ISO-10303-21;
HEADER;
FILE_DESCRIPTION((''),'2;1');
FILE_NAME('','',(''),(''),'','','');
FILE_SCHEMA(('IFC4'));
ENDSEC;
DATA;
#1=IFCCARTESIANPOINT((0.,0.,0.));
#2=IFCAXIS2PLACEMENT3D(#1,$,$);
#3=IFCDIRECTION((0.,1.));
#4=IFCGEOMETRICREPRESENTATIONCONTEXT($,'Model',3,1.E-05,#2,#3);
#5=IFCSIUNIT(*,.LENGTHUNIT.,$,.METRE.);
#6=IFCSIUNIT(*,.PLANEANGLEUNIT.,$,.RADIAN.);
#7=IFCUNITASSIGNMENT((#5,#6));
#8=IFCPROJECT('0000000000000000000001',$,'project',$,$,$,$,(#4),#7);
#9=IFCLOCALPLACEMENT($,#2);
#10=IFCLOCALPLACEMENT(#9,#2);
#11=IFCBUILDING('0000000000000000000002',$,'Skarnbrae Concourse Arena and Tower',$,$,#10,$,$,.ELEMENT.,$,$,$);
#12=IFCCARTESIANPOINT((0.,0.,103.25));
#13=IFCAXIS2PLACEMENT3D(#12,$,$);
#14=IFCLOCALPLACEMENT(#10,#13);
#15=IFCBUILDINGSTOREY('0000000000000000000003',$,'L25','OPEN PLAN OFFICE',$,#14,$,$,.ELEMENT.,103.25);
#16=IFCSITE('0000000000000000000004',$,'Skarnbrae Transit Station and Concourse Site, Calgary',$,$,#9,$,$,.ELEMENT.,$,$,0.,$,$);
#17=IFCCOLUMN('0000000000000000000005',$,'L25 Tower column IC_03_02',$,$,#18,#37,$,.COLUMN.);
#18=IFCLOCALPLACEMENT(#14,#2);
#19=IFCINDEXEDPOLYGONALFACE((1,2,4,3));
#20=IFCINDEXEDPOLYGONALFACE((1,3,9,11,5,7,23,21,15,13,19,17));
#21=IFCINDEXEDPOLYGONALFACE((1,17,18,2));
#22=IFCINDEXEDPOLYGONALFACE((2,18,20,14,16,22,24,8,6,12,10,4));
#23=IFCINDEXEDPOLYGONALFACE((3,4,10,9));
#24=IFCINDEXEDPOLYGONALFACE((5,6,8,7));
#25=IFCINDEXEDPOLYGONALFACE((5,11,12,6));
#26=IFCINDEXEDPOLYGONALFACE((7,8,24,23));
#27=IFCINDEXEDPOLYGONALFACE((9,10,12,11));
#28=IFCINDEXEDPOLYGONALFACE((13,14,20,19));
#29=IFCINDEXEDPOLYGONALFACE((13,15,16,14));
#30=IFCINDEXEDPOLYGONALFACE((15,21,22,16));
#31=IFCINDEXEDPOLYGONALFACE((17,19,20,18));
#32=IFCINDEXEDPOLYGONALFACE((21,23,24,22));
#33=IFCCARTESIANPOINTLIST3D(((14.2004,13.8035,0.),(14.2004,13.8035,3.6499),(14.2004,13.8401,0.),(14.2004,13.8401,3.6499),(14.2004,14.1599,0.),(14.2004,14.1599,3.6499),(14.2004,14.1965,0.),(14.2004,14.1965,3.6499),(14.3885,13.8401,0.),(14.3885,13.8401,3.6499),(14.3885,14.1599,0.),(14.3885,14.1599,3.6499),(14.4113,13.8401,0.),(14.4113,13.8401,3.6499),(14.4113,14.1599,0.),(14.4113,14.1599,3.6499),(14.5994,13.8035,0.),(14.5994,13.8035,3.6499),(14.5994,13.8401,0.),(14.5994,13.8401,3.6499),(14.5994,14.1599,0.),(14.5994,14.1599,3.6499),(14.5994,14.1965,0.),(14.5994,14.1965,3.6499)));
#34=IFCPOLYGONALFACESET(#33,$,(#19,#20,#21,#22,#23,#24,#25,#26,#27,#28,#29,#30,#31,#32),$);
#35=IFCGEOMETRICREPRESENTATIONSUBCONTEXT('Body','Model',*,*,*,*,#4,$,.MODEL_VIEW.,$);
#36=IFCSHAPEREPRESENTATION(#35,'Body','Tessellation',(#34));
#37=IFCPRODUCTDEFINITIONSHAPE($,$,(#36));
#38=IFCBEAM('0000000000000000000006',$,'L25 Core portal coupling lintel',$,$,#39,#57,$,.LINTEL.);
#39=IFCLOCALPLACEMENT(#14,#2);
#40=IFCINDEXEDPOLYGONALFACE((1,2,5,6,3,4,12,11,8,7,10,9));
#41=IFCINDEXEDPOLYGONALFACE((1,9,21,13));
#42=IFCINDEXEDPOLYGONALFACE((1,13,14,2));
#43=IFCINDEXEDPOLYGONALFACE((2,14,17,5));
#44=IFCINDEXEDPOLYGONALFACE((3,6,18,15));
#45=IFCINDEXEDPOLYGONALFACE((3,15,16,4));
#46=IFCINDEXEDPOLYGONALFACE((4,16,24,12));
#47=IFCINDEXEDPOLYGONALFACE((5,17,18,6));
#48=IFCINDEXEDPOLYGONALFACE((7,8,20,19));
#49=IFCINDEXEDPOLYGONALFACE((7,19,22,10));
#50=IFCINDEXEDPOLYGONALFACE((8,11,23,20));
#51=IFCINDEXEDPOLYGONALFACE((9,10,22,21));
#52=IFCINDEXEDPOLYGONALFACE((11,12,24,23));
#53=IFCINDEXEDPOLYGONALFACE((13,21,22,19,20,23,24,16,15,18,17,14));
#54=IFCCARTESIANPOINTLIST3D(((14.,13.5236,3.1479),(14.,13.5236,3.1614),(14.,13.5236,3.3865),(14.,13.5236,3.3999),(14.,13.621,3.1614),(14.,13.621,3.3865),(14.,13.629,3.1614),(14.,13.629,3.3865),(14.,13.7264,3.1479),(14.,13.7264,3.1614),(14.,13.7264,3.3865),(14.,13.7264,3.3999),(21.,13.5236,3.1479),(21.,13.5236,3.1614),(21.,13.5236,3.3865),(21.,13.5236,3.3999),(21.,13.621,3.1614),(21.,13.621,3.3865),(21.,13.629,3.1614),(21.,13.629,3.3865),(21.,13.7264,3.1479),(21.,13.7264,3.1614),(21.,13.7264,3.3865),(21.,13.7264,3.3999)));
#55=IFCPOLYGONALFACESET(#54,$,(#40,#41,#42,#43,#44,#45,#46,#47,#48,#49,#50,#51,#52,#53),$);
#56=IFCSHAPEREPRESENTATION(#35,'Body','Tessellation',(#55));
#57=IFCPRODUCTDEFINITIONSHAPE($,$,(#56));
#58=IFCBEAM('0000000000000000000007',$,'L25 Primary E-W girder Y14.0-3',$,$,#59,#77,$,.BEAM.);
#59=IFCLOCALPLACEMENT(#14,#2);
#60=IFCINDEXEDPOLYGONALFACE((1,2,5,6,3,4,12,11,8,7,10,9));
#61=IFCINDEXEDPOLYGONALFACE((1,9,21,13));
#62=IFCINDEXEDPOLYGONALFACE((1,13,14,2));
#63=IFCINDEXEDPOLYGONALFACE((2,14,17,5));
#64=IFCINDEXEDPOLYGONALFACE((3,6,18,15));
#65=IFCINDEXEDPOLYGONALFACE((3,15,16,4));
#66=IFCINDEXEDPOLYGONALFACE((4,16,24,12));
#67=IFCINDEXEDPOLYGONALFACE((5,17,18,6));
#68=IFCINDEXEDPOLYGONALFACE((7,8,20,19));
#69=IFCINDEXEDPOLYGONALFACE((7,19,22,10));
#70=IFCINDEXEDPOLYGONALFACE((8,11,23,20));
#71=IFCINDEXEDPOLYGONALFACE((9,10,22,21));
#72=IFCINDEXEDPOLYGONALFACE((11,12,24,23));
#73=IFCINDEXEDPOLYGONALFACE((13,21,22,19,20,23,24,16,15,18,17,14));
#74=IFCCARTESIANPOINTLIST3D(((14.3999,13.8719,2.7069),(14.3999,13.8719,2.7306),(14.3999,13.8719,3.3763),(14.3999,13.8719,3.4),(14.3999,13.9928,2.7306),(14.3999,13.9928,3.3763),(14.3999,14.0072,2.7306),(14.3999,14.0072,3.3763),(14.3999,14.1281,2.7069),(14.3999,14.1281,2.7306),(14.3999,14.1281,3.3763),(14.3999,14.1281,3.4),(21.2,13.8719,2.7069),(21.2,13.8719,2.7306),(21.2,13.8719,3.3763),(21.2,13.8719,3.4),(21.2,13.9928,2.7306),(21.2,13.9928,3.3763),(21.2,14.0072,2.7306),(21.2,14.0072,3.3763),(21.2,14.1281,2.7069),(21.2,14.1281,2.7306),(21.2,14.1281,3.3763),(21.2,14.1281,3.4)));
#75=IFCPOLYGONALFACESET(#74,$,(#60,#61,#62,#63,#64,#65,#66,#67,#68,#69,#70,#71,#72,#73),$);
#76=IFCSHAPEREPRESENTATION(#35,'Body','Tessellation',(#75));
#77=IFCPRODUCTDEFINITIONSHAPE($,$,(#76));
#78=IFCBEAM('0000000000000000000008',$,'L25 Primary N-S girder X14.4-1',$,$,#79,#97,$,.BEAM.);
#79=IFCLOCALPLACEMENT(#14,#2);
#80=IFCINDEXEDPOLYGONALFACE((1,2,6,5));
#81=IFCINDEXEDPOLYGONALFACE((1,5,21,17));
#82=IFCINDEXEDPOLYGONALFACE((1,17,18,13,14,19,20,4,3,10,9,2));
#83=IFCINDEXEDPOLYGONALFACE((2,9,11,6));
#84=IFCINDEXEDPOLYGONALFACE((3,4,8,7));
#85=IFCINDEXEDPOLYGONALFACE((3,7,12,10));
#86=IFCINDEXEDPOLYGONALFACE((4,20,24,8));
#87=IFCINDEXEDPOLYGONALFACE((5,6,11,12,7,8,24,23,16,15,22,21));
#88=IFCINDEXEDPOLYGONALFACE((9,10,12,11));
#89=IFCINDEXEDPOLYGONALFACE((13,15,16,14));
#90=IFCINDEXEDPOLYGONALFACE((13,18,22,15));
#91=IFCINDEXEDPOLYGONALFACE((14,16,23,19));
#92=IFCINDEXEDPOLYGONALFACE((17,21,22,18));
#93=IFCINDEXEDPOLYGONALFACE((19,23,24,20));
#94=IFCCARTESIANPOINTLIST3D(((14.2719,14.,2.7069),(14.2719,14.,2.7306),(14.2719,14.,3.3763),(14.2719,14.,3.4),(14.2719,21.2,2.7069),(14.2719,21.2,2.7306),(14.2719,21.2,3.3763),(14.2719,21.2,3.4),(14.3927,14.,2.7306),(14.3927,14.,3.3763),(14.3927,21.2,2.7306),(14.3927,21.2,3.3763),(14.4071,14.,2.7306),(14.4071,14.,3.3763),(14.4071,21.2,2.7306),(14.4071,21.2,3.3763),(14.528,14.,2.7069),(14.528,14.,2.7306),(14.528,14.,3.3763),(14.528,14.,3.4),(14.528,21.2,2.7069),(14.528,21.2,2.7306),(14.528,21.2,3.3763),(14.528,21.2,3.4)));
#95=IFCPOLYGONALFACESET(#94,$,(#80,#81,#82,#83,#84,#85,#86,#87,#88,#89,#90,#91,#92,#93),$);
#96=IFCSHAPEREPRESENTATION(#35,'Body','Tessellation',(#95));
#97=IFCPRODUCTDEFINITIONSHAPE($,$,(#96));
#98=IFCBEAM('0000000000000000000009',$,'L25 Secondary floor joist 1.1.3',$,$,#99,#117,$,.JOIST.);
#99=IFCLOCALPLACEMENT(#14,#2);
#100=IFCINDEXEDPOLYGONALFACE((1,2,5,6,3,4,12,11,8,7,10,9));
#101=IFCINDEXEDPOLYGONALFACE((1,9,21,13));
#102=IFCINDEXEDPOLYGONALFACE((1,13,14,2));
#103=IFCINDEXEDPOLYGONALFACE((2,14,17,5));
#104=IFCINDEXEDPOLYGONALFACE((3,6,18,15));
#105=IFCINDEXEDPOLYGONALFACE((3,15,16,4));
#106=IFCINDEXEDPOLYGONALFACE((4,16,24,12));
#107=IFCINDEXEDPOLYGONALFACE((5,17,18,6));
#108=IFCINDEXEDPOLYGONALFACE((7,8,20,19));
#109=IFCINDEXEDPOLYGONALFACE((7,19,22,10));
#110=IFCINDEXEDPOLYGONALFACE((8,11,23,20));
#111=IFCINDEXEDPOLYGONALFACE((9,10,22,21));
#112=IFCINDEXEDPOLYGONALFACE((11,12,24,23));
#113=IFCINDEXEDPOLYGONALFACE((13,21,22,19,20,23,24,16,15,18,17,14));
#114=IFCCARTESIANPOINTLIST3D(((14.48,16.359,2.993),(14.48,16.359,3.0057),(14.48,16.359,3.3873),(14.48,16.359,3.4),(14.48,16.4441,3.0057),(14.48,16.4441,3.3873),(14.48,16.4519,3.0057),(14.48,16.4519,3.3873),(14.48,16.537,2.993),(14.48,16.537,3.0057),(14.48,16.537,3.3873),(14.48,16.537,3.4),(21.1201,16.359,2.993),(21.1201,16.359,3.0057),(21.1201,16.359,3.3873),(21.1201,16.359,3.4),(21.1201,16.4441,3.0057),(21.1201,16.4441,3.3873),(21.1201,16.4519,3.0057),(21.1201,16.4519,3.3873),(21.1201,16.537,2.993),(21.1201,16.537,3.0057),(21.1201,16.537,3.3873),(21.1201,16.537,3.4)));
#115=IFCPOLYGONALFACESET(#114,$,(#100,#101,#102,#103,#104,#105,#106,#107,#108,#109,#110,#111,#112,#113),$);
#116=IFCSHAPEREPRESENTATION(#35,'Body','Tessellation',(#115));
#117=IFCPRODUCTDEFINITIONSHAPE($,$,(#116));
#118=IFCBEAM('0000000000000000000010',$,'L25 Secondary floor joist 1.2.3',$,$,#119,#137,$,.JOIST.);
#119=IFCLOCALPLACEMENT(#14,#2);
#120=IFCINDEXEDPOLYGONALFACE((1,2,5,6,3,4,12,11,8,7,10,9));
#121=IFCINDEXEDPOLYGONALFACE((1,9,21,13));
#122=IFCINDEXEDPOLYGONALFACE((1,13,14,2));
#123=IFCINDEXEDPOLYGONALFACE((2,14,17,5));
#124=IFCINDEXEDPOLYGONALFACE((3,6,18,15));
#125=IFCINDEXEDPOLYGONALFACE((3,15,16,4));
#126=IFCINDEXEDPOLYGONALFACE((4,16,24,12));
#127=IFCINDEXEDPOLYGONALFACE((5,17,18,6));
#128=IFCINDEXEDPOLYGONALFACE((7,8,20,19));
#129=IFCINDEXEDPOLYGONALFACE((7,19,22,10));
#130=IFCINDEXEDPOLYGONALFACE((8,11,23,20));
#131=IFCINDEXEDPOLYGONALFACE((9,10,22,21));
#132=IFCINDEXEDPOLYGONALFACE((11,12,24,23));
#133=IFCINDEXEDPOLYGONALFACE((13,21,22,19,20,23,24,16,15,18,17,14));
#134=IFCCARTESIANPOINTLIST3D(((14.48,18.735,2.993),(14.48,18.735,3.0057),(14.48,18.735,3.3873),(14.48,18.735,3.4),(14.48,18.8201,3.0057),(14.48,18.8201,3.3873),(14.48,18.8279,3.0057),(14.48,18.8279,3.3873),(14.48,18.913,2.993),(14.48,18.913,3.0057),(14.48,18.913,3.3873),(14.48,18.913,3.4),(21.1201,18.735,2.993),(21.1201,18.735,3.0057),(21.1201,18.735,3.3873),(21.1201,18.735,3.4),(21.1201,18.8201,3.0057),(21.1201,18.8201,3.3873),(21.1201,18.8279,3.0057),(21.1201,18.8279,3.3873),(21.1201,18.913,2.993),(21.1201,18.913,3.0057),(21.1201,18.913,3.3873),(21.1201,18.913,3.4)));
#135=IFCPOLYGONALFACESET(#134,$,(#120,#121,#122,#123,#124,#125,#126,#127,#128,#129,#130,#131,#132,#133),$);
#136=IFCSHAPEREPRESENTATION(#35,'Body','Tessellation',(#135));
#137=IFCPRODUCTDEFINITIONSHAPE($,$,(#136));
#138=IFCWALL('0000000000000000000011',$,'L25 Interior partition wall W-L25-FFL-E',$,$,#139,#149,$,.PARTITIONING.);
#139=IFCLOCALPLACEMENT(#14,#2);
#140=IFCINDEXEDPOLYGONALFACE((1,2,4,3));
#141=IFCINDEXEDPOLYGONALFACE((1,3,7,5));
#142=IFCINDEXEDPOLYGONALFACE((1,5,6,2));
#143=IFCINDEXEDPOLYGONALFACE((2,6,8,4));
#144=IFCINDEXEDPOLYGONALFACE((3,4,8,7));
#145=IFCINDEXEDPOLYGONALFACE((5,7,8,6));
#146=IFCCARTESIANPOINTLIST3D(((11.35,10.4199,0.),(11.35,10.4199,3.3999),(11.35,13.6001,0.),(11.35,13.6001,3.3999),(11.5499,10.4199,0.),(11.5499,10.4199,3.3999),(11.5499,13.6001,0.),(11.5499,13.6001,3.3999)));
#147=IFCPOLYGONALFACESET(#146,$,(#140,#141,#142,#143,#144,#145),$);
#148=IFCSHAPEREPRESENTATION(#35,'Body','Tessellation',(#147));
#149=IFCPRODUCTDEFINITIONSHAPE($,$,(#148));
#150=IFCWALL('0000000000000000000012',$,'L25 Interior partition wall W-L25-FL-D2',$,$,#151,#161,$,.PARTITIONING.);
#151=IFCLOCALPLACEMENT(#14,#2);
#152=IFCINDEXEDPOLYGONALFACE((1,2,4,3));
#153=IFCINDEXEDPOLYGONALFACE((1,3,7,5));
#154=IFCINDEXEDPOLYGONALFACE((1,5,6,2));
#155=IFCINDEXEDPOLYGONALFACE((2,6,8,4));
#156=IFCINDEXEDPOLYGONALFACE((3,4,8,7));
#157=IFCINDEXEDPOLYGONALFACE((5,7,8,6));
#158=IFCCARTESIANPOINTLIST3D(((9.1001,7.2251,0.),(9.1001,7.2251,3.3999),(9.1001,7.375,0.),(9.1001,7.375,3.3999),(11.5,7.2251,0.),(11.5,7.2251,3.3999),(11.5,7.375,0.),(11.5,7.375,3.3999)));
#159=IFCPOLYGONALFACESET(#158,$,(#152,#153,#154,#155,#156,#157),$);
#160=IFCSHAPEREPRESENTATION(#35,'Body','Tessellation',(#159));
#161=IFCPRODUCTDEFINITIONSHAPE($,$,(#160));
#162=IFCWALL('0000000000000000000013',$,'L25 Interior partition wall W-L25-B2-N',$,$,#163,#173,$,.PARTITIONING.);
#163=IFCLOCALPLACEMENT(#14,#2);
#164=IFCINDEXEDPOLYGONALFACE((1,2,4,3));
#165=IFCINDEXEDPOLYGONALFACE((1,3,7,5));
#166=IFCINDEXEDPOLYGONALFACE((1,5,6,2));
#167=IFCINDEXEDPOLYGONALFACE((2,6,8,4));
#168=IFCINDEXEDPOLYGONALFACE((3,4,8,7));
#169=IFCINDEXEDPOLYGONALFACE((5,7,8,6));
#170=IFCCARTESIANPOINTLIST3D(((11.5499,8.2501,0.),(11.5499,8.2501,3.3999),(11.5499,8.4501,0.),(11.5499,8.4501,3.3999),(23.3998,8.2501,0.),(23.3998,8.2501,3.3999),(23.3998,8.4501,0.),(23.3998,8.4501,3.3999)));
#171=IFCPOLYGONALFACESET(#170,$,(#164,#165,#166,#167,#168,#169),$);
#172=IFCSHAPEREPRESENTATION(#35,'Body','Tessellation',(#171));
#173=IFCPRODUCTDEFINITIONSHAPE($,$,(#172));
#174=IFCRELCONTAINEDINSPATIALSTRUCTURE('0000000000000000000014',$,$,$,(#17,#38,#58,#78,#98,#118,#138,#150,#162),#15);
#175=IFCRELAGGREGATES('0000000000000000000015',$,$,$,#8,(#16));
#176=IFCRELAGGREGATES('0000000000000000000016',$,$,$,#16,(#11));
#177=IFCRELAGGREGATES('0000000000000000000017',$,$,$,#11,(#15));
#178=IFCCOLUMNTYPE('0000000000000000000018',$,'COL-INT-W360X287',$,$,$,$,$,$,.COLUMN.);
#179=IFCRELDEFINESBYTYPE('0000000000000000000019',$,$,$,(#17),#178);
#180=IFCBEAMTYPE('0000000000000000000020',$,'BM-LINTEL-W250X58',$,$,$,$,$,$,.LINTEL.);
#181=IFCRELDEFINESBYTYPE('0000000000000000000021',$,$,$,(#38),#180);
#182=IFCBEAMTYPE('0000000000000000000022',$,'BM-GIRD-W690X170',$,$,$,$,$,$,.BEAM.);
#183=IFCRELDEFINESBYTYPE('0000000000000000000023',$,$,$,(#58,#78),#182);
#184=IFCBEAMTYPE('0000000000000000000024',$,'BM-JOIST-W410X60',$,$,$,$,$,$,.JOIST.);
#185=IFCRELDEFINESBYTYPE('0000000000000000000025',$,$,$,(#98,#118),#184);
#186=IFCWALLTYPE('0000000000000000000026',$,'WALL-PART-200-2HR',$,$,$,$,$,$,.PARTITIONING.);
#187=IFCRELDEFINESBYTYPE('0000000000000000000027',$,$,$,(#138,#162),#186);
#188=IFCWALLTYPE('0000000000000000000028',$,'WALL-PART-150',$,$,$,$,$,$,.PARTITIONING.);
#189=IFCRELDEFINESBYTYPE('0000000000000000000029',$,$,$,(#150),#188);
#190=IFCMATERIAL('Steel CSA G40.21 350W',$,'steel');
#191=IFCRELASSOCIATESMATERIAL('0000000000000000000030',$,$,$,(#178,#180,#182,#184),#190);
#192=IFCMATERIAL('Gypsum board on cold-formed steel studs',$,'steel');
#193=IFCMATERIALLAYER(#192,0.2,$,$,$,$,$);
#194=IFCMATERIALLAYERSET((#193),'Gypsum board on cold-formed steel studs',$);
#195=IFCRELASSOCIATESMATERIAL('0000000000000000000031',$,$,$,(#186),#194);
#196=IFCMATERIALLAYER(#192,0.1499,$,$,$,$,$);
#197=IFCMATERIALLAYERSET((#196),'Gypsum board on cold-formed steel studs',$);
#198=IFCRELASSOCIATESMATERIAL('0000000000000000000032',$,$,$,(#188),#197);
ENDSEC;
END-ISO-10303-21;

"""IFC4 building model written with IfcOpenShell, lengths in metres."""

from ifc_helpers import new_model, si_unit, direction, frame, frame_2d, origin, origin_2d, place, context, subcontext, project, spatial, rectangle, i_section, extrude, source, transform, mapped, material, layer, layer_set, material_profile, profile_set, type_object, element, save


model = new_model("IFC4")

# Units and contexts
model_context = context("Model", 3, precision=1e-05, world=origin(), true_north=direction((0.0, 1.0)))
body_context = subcontext(model_context, "Body", "Model", "MODEL_VIEW")
ifc_project = project(units=[si_unit("LENGTHUNIT", "METRE"), si_unit("PLANEANGLEUNIT", "RADIAN")], contexts=[model_context])

# Site, building, storey
site_placement = place(None, origin())
site = spatial("IfcSite", under=ifc_project, at=site_placement, Name="Skarnbrae Transit Station and Concourse Site, Calgary", CompositionType="ELEMENT", RefElevation=0.0)
building_placement = place(site_placement, origin())
building = spatial("IfcBuilding", under=site, at=building_placement, Name="Skarnbrae Concourse Arena and Tower", CompositionType="ELEMENT")
storey_placement = place(building_placement, frame((0.0, 0.0, 103.25)))
storey = spatial("IfcBuildingStorey", under=building, at=storey_placement, Name="L25", Description="OPEN PLAN OFFICE", CompositionType="ELEMENT", Elevation=103.25)

# Column
ifc_material_1 = material(Name="Steel CSA G40.21 350W", Category="steel")
ifc_material_profile_1 = material_profile(ifc_material_1, i_section(OverallWidth=0.3989, OverallDepth=0.3931, WebThickness=0.0227, FlangeThickness=0.0366, at=origin_2d()), Name="W360X287")
ifc_profile_set_1 = profile_set([ifc_material_profile_1], Name="Steel CSA G40.21 350W")
column_type = type_object("IfcColumnType", Name="COL-INT-W360X287", PredefinedType="COLUMN", material=ifc_profile_set_1)
shared_shape_1 = source(origin(), body_context, "Body", "SweptSolid", [
    extrude(i_section(OverallWidth=0.3989, OverallDepth=0.3931, WebThickness=0.0227, FlangeThickness=0.0366, at=origin_2d()), origin(), (0.0, 0.0, 1.0), 3.6499),
])
column_placement = place(storey_placement, frame((14.3999, 14.0, 0.0), z_axis=(0.0, 0.0, 1.0), x_axis=(1.0, 0.0, 0.0)))
element("IfcColumn", 1, at=column_placement, inside=storey, type_object=column_type, Name="L25 Tower column IC_03_02", PredefinedType="COLUMN", context=body_context, shape_type="MappedRepresentation", body=[
    mapped(shared_shape_1, transform((0.0, 0.0, 0.0))),
])

# Beams
ifc_material_profile_2 = material_profile(ifc_material_1, i_section(OverallWidth=0.2029, OverallDepth=0.252, WebThickness=0.0081, FlangeThickness=0.0134, at=origin_2d()), Name="W250X58")
ifc_profile_set_2 = profile_set([ifc_material_profile_2], Name="Steel CSA G40.21 350W")
beam_type_1 = type_object("IfcBeamType", Name="BM-LINTEL-W250X58", PredefinedType="LINTEL", material=ifc_profile_set_2)
shared_shape_2 = source(origin(), body_context, "Body", "SweptSolid", [
    extrude(i_section(OverallWidth=0.2029, OverallDepth=0.252, WebThickness=0.0081, FlangeThickness=0.0134, at=origin_2d()), origin(), (0.0, 0.0, 1.0), 7.0),
])
beam_1_placement = place(storey_placement, frame((14.0, 13.625, 3.2739), z_axis=(1.0, 0.0, 0.0), x_axis=(0.0, 1.0, 0.0)))
element("IfcBeam", 2, at=beam_1_placement, inside=storey, type_object=beam_type_1, Name="L25 Core portal coupling lintel", PredefinedType="LINTEL", context=body_context, shape_type="MappedRepresentation", body=[
    mapped(shared_shape_2, transform((0.0, 0.0, 0.0))),
])
ifc_material_profile_3 = material_profile(ifc_material_1, i_section(OverallWidth=0.2561, OverallDepth=0.6931, WebThickness=0.0144, FlangeThickness=0.0237, at=origin_2d()), Name="W690X170")
ifc_profile_set_3 = profile_set([ifc_material_profile_3], Name="Steel CSA G40.21 350W")
beam_type_2 = type_object("IfcBeamType", Name="BM-GIRD-W690X170", PredefinedType="BEAM", material=ifc_profile_set_3)
shared_shape_3 = source(origin(), body_context, "Body", "SweptSolid", [
    extrude(i_section(OverallWidth=0.2561, OverallDepth=0.6931, WebThickness=0.0144, FlangeThickness=0.0237, at=origin_2d()), origin(), (0.0, 0.0, 1.0), 6.8),
])
beam_2_placement = place(storey_placement, frame((14.3999, 14.0, 3.0535), z_axis=(1.0, 0.0, 0.0), x_axis=(0.0, 1.0, 0.0)))
element("IfcBeam", 3, at=beam_2_placement, inside=storey, type_object=beam_type_2, Name="L25 Primary E-W girder Y14.0-3", PredefinedType="BEAM", context=body_context, shape_type="MappedRepresentation", body=[
    mapped(shared_shape_3, transform((0.0, 0.0, 0.0))),
])
shared_shape_4 = source(origin(), body_context, "Body", "SweptSolid", [
    extrude(i_section(OverallWidth=0.2561, OverallDepth=0.6931, WebThickness=0.0144, FlangeThickness=0.0237, at=origin_2d()), origin(), (0.0, 0.0, 1.0), 7.2),
])
beam_3_placement = place(storey_placement, frame((14.3999, 14.0, 3.0535), z_axis=(0.0, 1.0, 0.0), x_axis=(-1.0, 0.0, 0.0)))
element("IfcBeam", 4, at=beam_3_placement, inside=storey, type_object=beam_type_2, Name="L25 Primary N-S girder X14.4-1", PredefinedType="BEAM", context=body_context, shape_type="MappedRepresentation", body=[
    mapped(shared_shape_4, transform((0.0, 0.0, 0.0))),
])
ifc_material_profile_4 = material_profile(ifc_material_1, i_section(OverallWidth=0.178, OverallDepth=0.407, WebThickness=0.0078, FlangeThickness=0.0127, at=origin_2d()), Name="W410X60")
ifc_profile_set_4 = profile_set([ifc_material_profile_4], Name="Steel CSA G40.21 350W")
beam_type_3 = type_object("IfcBeamType", Name="BM-JOIST-W410X60", PredefinedType="JOIST", material=ifc_profile_set_4)
shared_shape_5 = source(origin(), body_context, "Body", "SweptSolid", [
    extrude(i_section(OverallWidth=0.178, OverallDepth=0.407, WebThickness=0.0078, FlangeThickness=0.0127, at=origin_2d()), origin(), (0.0, 0.0, 1.0), 6.6401),
])
for number, where, z_axis, x_axis, name in (
    (5, (14.48, 16.448, 3.1965), (1.0, 0.0, 0.0), (0.0, 1.0, 0.0), "L25 Secondary floor joist 1.1.3"),
    (6, (14.48, 18.824, 3.1965), (1.0, 0.0, 0.0), (0.0, 1.0, 0.0), "L25 Secondary floor joist 1.2.3"),
):
    element("IfcBeam", number, at=place(storey_placement, frame(where, z_axis=z_axis, x_axis=x_axis)), inside=storey, type_object=beam_type_3, Name=name, PredefinedType="JOIST", context=body_context, shape_type="MappedRepresentation", body=[
        mapped(shared_shape_5, transform((0.0, 0.0, 0.0))),
    ])

# Wall
ifc_material_2 = material(Name="Gypsum board on cold-formed steel studs", Category="steel")
ifc_layer_1 = layer(ifc_material_2, 0.2)
ifc_layer_set_1 = layer_set([ifc_layer_1], Name="Gypsum board on cold-formed steel studs")
wall_type_1 = type_object("IfcWallType", Name="WALL-PART-200-2HR", PredefinedType="PARTITIONING", material=ifc_layer_set_1)
shared_shape_6 = source(origin(), body_context, "Body", "SweptSolid", [
    extrude(rectangle(XDim=3.1802, YDim=0.2, at=frame_2d((1.5901, 0.0))), origin(), (0.0, 0.0, 1.0), 3.3999),
])
wall_1_placement = place(storey_placement, frame((11.45, 10.4199, 0.0), z_axis=(0.0, 0.0, 1.0), x_axis=(0.0, 1.0, 0.0)))
element("IfcWall", 7, at=wall_1_placement, inside=storey, type_object=wall_type_1, Name="L25 Interior partition wall W-L25-FFL-E", PredefinedType="PARTITIONING", context=body_context, shape_type="MappedRepresentation", body=[
    mapped(shared_shape_6, transform((0.0, 0.0, 0.0))),
])

# Walls
ifc_layer_2 = layer(ifc_material_2, 0.1499)
ifc_layer_set_2 = layer_set([ifc_layer_2], Name="Gypsum board on cold-formed steel studs")
wall_type_2 = type_object("IfcWallType", Name="WALL-PART-150", PredefinedType="PARTITIONING", material=ifc_layer_set_2)
shared_shape_7 = source(origin(), body_context, "Body", "SweptSolid", [
    extrude(rectangle(XDim=2.3999, YDim=0.1499, at=frame_2d((1.2, 0.0))), origin(), (0.0, 0.0, 1.0), 3.3999),
])
wall_2_placement = place(storey_placement, frame((9.1001, 7.3, 0.0), z_axis=(0.0, 0.0, 1.0), x_axis=(1.0, 0.0, 0.0)))
element("IfcWall", 8, at=wall_2_placement, inside=storey, type_object=wall_type_2, Name="L25 Interior partition wall W-L25-FL-D2", PredefinedType="PARTITIONING", context=body_context, shape_type="MappedRepresentation", body=[
    mapped(shared_shape_7, transform((0.0, 0.0, 0.0))),
])
shared_shape_8 = source(origin(), body_context, "Body", "SweptSolid", [
    extrude(rectangle(XDim=11.8499, YDim=0.2, at=frame_2d((5.9248, 0.0))), origin(), (0.0, 0.0, 1.0), 3.3999),
])
wall_3_placement = place(storey_placement, frame((11.55, 8.3501, 0.0), z_axis=(0.0, 0.0, 1.0), x_axis=(1.0, 0.0, 0.0)))
element("IfcWall", 9, at=wall_3_placement, inside=storey, type_object=wall_type_1, Name="L25 Interior partition wall W-L25-B2-N", PredefinedType="PARTITIONING", context=body_context, shape_type="MappedRepresentation", body=[
    mapped(shared_shape_8, transform((0.0, 0.0, 0.0))),
])

save(model, "model.ifc")
